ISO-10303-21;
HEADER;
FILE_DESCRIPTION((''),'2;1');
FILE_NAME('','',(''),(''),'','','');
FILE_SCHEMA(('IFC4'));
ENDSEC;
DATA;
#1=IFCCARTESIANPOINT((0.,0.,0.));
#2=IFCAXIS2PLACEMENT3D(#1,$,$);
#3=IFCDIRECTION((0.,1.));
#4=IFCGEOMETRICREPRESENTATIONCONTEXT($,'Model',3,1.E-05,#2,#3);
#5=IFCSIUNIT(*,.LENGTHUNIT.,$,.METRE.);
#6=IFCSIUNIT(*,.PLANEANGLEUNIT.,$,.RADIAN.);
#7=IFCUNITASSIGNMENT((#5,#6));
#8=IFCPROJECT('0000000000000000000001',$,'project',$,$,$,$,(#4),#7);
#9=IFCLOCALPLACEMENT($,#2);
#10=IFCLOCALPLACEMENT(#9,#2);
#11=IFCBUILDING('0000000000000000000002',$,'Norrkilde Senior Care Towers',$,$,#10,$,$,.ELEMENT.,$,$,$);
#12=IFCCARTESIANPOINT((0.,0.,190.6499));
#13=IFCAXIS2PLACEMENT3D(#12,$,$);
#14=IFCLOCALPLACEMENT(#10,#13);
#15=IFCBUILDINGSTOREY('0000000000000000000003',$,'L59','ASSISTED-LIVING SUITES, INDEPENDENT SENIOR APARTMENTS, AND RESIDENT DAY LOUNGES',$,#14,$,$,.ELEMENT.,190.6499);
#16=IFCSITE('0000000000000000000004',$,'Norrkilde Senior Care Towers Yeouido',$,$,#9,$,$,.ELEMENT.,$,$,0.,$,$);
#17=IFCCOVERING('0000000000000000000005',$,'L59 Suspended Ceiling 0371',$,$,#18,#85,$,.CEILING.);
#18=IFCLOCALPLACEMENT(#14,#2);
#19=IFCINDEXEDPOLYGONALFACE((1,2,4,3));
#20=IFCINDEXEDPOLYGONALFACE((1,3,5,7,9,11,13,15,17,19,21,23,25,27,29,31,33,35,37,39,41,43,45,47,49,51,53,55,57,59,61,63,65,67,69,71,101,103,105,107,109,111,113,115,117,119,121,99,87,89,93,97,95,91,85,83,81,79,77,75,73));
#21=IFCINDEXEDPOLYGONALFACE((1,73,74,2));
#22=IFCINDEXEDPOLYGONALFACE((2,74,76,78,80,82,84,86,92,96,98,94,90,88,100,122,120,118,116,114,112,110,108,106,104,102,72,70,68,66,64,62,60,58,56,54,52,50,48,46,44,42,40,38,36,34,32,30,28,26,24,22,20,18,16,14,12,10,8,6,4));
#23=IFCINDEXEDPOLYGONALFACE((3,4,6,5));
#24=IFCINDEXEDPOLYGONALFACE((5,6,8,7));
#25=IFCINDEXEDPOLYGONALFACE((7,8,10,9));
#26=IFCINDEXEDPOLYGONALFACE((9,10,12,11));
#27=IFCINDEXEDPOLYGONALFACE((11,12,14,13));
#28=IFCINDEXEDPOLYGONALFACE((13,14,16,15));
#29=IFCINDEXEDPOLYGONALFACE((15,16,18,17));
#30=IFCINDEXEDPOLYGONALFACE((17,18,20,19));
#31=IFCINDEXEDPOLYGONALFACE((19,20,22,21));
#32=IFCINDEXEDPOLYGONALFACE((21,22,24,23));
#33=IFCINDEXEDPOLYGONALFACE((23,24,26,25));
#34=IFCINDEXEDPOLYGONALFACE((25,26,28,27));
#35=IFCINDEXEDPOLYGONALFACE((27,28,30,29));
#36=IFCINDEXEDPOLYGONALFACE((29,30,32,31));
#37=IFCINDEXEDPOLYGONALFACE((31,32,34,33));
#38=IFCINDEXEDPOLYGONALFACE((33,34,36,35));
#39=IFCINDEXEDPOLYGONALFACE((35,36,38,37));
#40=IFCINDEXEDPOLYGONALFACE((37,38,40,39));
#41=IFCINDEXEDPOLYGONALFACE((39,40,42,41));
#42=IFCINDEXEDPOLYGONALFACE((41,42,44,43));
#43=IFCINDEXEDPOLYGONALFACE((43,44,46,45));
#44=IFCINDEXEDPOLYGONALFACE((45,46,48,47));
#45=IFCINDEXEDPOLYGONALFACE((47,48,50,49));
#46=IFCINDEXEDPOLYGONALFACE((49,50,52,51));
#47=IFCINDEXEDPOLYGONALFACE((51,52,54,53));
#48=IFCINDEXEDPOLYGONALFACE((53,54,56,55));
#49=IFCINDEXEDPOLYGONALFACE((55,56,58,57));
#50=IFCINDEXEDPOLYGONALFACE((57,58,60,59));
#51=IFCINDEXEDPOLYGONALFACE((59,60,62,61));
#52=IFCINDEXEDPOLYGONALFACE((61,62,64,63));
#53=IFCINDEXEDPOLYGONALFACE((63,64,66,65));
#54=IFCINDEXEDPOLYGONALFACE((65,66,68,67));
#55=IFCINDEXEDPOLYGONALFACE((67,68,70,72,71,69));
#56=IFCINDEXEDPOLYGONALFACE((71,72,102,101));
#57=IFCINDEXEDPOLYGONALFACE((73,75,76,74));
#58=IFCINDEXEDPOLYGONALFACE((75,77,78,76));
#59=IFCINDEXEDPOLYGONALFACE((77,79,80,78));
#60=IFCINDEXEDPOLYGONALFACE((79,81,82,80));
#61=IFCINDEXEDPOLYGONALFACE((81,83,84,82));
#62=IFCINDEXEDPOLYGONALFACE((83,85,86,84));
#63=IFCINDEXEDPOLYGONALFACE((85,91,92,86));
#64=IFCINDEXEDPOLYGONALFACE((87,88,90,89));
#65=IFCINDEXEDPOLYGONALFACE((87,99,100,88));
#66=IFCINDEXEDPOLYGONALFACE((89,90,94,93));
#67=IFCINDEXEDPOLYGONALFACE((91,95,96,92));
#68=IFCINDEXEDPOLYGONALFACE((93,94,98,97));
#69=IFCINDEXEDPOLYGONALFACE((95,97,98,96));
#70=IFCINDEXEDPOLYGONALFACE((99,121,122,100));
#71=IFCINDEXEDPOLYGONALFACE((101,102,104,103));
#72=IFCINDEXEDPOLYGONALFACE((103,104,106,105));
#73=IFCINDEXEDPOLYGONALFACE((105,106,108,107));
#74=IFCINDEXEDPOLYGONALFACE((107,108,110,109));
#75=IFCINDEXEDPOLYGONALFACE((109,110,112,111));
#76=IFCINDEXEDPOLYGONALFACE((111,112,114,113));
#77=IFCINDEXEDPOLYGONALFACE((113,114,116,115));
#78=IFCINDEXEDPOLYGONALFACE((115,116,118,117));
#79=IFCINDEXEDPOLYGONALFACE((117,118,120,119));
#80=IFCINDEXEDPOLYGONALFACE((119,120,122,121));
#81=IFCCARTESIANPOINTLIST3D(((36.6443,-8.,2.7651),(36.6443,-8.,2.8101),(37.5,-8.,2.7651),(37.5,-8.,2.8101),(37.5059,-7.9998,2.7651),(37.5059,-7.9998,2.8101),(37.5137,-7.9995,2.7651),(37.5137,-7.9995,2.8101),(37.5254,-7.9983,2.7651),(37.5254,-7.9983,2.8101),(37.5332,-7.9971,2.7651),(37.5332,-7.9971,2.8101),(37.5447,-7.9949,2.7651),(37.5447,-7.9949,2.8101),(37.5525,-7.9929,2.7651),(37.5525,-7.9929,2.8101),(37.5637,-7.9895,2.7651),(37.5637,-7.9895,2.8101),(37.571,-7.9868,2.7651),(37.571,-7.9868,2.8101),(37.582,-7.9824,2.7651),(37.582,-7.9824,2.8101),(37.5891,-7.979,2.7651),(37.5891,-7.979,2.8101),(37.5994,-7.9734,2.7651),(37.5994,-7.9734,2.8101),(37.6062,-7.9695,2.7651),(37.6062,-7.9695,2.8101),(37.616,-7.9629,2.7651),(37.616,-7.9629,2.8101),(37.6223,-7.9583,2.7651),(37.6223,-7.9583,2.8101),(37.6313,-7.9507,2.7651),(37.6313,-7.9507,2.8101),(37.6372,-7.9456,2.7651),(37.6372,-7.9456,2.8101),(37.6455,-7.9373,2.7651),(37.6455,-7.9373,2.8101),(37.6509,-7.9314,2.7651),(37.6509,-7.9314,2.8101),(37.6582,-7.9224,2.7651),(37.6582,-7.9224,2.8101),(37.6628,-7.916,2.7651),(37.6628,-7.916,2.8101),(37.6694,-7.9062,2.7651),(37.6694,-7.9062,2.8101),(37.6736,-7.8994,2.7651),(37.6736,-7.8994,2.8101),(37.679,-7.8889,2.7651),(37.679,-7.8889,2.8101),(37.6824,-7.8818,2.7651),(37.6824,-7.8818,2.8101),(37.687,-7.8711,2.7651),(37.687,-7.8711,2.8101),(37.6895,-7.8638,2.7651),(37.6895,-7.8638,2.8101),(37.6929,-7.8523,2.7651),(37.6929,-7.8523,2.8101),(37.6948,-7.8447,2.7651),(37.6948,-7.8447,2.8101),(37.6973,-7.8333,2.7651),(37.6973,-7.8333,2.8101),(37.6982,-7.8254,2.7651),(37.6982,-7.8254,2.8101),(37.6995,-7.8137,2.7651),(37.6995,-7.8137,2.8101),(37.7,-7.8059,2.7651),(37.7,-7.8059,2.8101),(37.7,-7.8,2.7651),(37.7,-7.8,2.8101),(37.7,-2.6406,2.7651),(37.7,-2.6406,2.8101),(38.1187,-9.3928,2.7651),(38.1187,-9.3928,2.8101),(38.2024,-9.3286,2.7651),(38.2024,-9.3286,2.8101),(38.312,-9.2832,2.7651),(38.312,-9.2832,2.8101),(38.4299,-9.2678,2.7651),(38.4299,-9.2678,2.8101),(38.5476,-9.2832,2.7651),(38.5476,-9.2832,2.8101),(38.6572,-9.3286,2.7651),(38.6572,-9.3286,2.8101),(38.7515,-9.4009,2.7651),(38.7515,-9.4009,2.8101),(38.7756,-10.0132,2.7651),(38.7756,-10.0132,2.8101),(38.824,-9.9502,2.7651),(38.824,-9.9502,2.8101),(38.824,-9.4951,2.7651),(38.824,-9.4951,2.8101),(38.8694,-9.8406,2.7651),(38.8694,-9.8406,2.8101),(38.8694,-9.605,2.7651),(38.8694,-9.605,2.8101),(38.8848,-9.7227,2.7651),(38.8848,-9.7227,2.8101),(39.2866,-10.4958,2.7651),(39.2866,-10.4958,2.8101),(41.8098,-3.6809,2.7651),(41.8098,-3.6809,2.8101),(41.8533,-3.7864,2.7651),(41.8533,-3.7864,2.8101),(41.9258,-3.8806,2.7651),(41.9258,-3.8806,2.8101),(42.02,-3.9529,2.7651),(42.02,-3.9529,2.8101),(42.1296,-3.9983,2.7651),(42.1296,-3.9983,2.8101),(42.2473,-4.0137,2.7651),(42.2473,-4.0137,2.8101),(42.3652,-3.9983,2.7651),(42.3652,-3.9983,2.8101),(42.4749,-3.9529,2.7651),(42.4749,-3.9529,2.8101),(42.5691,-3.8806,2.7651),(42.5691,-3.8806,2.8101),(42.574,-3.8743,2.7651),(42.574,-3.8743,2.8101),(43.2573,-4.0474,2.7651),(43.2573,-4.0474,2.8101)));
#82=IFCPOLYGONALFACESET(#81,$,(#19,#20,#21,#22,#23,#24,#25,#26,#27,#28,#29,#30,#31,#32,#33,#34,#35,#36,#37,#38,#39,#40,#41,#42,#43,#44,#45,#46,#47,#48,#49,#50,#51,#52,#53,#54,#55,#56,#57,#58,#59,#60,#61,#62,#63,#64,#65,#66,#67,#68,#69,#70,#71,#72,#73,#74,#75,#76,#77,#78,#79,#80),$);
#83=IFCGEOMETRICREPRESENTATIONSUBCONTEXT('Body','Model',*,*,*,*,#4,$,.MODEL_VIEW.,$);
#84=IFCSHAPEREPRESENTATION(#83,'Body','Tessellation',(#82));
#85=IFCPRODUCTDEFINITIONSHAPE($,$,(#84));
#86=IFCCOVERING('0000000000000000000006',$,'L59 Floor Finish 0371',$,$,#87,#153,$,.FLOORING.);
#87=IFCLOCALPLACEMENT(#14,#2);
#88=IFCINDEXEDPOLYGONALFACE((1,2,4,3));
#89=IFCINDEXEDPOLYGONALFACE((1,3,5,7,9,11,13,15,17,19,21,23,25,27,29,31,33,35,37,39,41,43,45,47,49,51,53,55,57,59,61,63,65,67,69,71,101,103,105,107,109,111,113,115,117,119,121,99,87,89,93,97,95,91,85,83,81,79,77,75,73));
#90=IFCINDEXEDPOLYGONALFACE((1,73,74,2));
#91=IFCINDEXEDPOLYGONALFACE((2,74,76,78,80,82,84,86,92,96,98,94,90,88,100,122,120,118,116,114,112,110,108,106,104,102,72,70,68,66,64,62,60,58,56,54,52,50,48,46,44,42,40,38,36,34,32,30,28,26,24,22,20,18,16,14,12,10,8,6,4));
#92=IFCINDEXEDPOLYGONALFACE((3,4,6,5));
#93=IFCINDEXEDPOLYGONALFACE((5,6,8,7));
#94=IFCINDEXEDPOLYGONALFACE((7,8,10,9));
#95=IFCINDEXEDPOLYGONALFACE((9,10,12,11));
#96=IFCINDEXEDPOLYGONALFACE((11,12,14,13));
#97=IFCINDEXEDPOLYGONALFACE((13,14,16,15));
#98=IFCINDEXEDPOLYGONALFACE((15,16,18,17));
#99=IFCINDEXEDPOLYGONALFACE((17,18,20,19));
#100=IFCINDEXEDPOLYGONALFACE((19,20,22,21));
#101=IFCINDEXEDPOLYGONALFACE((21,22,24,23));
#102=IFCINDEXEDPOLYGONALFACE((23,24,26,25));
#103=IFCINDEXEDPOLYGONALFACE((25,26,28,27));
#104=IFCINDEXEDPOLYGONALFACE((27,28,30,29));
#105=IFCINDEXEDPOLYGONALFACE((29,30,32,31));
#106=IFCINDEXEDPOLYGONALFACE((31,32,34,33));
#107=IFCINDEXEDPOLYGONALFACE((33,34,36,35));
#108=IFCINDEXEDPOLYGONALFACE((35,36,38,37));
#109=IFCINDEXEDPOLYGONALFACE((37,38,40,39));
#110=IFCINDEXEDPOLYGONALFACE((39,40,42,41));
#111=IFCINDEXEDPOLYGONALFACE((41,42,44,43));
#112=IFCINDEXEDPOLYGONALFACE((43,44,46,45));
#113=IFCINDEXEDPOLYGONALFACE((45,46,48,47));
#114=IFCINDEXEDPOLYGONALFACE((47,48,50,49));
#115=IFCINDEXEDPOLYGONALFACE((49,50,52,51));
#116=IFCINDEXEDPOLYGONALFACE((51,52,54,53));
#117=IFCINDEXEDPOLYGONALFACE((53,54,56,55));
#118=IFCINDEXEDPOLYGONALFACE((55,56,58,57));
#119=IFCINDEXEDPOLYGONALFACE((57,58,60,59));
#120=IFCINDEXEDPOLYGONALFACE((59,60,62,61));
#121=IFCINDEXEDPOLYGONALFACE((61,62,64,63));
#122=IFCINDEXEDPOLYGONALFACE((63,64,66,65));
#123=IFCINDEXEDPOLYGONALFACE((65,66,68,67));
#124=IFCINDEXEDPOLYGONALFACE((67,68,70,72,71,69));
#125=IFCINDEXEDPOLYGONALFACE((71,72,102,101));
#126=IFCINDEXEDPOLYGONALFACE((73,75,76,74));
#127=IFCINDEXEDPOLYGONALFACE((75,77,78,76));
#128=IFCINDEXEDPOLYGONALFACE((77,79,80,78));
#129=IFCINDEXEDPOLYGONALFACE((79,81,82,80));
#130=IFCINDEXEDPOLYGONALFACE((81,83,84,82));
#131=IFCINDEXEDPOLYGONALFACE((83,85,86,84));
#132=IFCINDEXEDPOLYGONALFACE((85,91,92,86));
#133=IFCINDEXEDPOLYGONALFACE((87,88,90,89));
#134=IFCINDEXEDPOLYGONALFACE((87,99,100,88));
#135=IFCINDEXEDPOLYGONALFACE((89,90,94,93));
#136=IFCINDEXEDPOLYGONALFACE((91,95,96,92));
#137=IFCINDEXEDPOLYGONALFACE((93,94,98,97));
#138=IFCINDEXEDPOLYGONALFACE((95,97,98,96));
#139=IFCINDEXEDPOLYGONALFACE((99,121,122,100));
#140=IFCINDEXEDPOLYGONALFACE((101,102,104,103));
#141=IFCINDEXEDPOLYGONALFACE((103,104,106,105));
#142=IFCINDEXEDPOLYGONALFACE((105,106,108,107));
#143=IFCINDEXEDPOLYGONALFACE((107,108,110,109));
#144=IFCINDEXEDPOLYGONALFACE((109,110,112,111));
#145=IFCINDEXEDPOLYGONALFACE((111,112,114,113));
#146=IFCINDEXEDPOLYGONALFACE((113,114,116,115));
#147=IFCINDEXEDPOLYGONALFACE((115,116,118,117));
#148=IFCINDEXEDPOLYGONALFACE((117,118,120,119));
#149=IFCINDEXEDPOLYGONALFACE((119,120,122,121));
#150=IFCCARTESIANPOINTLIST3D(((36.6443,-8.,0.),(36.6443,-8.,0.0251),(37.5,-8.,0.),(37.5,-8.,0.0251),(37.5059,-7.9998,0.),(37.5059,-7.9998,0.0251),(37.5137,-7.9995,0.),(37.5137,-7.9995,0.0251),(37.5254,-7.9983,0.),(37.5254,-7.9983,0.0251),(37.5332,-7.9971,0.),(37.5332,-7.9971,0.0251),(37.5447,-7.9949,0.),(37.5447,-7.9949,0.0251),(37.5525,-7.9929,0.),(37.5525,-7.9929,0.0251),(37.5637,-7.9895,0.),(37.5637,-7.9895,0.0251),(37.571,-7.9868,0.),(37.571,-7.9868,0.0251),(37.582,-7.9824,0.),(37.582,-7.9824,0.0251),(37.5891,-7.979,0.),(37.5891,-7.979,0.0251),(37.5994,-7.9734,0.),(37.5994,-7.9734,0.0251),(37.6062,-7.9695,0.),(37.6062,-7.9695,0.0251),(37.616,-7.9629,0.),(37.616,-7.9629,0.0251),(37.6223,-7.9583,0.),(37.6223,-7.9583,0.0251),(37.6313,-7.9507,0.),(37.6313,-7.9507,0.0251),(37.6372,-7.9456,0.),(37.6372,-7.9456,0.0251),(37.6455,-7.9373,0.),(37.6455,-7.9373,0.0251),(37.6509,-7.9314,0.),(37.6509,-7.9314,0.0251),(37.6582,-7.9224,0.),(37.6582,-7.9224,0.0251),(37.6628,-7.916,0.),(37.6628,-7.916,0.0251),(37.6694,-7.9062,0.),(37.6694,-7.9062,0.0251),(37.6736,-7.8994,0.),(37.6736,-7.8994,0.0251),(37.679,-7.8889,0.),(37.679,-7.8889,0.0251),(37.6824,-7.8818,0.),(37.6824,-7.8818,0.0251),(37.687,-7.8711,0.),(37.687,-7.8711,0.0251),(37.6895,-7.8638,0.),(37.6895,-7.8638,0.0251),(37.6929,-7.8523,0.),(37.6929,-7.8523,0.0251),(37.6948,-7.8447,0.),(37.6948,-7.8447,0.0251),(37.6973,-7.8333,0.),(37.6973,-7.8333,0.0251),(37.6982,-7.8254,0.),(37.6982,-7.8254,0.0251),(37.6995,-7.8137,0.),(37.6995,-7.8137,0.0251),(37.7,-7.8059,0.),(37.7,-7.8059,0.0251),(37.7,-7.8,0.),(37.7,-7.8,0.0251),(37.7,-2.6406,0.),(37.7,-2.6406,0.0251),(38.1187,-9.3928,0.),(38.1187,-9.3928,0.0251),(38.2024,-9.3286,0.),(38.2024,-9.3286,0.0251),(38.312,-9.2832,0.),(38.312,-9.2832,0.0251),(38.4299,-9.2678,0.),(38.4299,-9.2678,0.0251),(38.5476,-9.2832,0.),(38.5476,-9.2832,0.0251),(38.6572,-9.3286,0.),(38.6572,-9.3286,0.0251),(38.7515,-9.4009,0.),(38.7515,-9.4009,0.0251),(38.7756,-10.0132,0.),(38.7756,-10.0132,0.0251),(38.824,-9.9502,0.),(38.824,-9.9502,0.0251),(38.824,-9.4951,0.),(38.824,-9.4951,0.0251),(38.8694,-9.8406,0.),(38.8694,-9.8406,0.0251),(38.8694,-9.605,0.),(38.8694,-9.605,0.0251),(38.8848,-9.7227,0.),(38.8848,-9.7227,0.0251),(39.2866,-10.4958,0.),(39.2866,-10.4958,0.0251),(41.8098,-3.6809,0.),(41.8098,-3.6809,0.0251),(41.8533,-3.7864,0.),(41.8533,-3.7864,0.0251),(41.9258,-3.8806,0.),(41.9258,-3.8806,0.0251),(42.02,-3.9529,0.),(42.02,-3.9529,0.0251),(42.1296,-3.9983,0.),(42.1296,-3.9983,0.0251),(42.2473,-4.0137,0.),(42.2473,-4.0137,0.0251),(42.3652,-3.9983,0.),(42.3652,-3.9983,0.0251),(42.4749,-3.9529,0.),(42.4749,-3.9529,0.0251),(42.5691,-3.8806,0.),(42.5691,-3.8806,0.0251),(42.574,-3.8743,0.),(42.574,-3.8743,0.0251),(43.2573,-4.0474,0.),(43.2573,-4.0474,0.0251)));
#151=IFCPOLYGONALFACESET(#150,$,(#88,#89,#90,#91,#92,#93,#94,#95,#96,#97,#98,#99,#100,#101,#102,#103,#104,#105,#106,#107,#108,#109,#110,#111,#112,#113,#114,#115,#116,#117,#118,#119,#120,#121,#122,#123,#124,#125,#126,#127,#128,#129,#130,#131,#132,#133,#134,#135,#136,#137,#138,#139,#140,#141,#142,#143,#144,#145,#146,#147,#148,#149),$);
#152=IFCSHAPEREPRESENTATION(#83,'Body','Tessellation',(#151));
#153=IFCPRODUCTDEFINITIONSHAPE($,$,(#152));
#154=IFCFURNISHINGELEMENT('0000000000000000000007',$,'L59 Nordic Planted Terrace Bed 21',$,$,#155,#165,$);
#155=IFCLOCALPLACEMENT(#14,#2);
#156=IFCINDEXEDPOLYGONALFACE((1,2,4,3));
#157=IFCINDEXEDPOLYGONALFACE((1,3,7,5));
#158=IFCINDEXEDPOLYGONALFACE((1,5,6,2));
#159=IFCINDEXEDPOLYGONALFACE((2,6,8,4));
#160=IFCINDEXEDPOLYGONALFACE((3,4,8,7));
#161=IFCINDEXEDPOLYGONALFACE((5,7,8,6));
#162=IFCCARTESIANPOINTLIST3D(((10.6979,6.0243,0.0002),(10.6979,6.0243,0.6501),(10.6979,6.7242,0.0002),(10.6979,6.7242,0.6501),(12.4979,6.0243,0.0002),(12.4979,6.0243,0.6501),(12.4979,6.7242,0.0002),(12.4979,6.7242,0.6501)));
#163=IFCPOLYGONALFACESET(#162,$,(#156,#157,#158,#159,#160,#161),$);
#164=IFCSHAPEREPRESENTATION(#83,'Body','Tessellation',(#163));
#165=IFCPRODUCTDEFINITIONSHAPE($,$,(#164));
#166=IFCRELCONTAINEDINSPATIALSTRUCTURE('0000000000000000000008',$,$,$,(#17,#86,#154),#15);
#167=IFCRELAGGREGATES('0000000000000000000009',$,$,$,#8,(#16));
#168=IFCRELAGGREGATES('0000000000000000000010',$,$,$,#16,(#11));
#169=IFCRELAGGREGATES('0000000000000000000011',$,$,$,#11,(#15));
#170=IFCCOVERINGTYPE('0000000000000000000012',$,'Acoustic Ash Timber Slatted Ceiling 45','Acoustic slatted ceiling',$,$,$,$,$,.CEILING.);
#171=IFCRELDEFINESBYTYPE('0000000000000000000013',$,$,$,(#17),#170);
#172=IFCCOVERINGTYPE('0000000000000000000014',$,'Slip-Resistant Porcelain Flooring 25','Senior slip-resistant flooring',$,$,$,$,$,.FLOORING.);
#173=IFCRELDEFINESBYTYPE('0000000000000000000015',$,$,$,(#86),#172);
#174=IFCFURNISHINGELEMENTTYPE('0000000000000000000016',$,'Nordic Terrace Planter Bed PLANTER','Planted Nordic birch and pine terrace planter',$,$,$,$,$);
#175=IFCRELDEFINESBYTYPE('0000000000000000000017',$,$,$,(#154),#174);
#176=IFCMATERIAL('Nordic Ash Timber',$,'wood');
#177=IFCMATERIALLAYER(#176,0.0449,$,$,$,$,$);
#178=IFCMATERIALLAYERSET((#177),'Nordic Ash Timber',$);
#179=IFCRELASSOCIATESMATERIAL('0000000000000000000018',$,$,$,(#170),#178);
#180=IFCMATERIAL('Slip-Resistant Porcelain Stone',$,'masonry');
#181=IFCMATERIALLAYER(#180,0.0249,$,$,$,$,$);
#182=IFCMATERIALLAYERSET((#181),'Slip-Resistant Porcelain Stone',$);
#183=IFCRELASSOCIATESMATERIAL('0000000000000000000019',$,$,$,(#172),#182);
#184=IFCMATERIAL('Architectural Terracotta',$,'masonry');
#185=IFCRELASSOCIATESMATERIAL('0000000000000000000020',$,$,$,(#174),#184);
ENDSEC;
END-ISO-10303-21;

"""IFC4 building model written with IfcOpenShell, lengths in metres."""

from ifc_helpers import new_model, si_unit, direction, frame, origin, origin_2d, place, context, subcontext, project, spatial, polyline, rectangle, outline, extrude, source, transform, mapped, material, layer, layer_set, type_object, type_shapes, element, save


model = new_model("IFC4")

# Units and contexts
model_context = context("Model", 3, precision=1e-05, world=origin(), true_north=direction((0.0, 1.0)))
body_context = subcontext(model_context, "Body", "Model", "MODEL_VIEW")
ifc_project = project(units=[si_unit("LENGTHUNIT", "METRE"), si_unit("PLANEANGLEUNIT", "RADIAN")], contexts=[model_context])

# Site, building, storey
site_placement = place(None, origin())
site = spatial("IfcSite", under=ifc_project, at=site_placement, Name="Norrkilde Senior Care Towers Yeouido", CompositionType="ELEMENT", RefElevation=0.0)
building_placement = place(site_placement, origin())
building = spatial("IfcBuilding", under=site, at=building_placement, Name="Norrkilde Senior Care Towers", CompositionType="ELEMENT")
storey_placement = place(building_placement, frame((0.0, 0.0, 190.6499)))
storey = spatial("IfcBuildingStorey", under=building, at=storey_placement, Name="L59", Description="ASSISTED-LIVING SUITES, INDEPENDENT SENIOR APARTMENTS, AND RESIDENT DAY LOUNGES", CompositionType="ELEMENT", Elevation=190.6499)

# Shared definitions
ifc_material_1 = material(Name="Nordic Ash Timber", Category="wood")

# Coverings
ifc_layer_1 = layer(ifc_material_1, 0.0449)
ifc_layer_set_1 = layer_set([ifc_layer_1], Name="Nordic Ash Timber")
covering_type_1 = type_object("IfcCoveringType", Name="Acoustic Ash Timber Slatted Ceiling 45", Description="Acoustic slatted ceiling", PredefinedType="CEILING", material=ifc_layer_set_1)
covering_1_placement = place(storey_placement, frame((0.0, 0.0, 2.7651)))
element("IfcCovering", 1, at=covering_1_placement, inside=storey, type_object=covering_type_1, Name="L59 Suspended Ceiling 0371", PredefinedType="CEILING", context=body_context, shape_type="SweptSolid", body=[
    extrude(outline(polyline([(37.5525, -7.9929), (37.5637, -7.9895), (37.571, -7.9868), (37.582, -7.9824), (37.5891, -7.979), (37.5994, -7.9734), (37.6062, -7.9695), (37.616, -7.9629), (37.6223, -7.9583), (37.6313, -7.9507), (37.6372, -7.9456), (37.6455, -7.9373), (37.6509, -7.9314), (37.6582, -7.9224), (37.6628, -7.916), (37.6694, -7.9062), (37.6736, -7.8994), (37.679, -7.8889), (37.6824, -7.8818), (37.687, -7.8711), (37.6895, -7.8638), (37.6929, -7.8523), (37.6948, -7.8447), (37.6973, -7.8333), (37.6982, -7.8254), (37.6995, -7.8137), (37.7, -7.8059), (37.7, -7.8), (37.7, -2.6406), (41.8098, -3.6809), (41.8533, -3.7864), (41.9258, -3.8806), (42.02, -3.9529), (42.1296, -3.9983), (42.2473, -4.0137), (42.3652, -3.9983), (42.4749, -3.9529), (42.5691, -3.8806), (42.574, -3.8743), (43.2573, -4.0474), (39.2866, -10.4958), (38.7756, -10.0132), (38.824, -9.9502), (38.8694, -9.8406), (38.8848, -9.7227), (38.8694, -9.605), (38.824, -9.4951), (38.7515, -9.4009), (38.6572, -9.3286), (38.5476, -9.2832), (38.4299, -9.2678), (38.312, -9.2832), (38.2024, -9.3286), (38.1187, -9.3928), (36.6443, -8.0), (37.5, -8.0), (37.5059, -7.9998), (37.5137, -7.9995), (37.5254, -7.9983), (37.5332, -7.9971), (37.5447, -7.9949), (37.5525, -7.9929)])), origin(), (0.0, 0.0, 1.0), 0.0449),
])
ifc_material_2 = material(Name="Slip-Resistant Porcelain Stone", Category="masonry")
ifc_layer_2 = layer(ifc_material_2, 0.0249)
ifc_layer_set_2 = layer_set([ifc_layer_2], Name="Slip-Resistant Porcelain Stone")
covering_type_2 = type_object("IfcCoveringType", Name="Slip-Resistant Porcelain Flooring 25", Description="Senior slip-resistant flooring", PredefinedType="FLOORING", material=ifc_layer_set_2)
covering_2_placement = place(storey_placement, origin())
element("IfcCovering", 2, at=covering_2_placement, inside=storey, type_object=covering_type_2, Name="L59 Floor Finish 0371", PredefinedType="FLOORING", context=body_context, shape_type="SweptSolid", body=[
    extrude(outline(polyline([(37.5525, -7.9929), (37.5637, -7.9895), (37.571, -7.9868), (37.582, -7.9824), (37.5891, -7.979), (37.5994, -7.9734), (37.6062, -7.9695), (37.616, -7.9629), (37.6223, -7.9583), (37.6313, -7.9507), (37.6372, -7.9456), (37.6455, -7.9373), (37.6509, -7.9314), (37.6582, -7.9224), (37.6628, -7.916), (37.6694, -7.9062), (37.6736, -7.8994), (37.679, -7.8889), (37.6824, -7.8818), (37.687, -7.8711), (37.6895, -7.8638), (37.6929, -7.8523), (37.6948, -7.8447), (37.6973, -7.8333), (37.6982, -7.8254), (37.6995, -7.8137), (37.7, -7.8059), (37.7, -7.8), (37.7, -2.6406), (41.8098, -3.6809), (41.8533, -3.7864), (41.9258, -3.8806), (42.02, -3.9529), (42.1296, -3.9983), (42.2473, -4.0137), (42.3652, -3.9983), (42.4749, -3.9529), (42.5691, -3.8806), (42.574, -3.8743), (43.2573, -4.0474), (39.2866, -10.4958), (38.7756, -10.0132), (38.824, -9.9502), (38.8694, -9.8406), (38.8848, -9.7227), (38.8694, -9.605), (38.824, -9.4951), (38.7515, -9.4009), (38.6572, -9.3286), (38.5476, -9.2832), (38.4299, -9.2678), (38.312, -9.2832), (38.2024, -9.3286), (38.1187, -9.3928), (36.6443, -8.0), (37.5, -8.0), (37.5059, -7.9998), (37.5137, -7.9995), (37.5254, -7.9983), (37.5332, -7.9971), (37.5447, -7.9949), (37.5525, -7.9929)])), origin(), (0.0, 0.0, 1.0), 0.0251),
])

# Furnishing element
ifc_material_3 = material(Name="Architectural Terracotta", Category="masonry")
furnishing_element_type = type_object("IfcFurnishingElementType", Name="Nordic Terrace Planter Bed PLANTER", Description="Planted Nordic birch and pine terrace planter", material=ifc_material_3)
shared_shape_1 = source(origin(), body_context, "Body", "SweptSolid", [
    extrude(rectangle(XDim=1.8, YDim=0.7, at=origin_2d()), origin(), (0.0, 0.0, 1.0), 0.6499),
])
type_shapes(furnishing_element_type, [shared_shape_1])
furnishing_placement = place(storey_placement, frame((11.5979, 6.3743, 0.0002), z_axis=(0.0, 0.0, 1.0), x_axis=(1.0, 0.0, 0.0)))
element("IfcFurnishingElement", 3, at=furnishing_placement, inside=storey, type_object=furnishing_element_type, Name="L59 Nordic Planted Terrace Bed 21", context=body_context, shape_type="MappedRepresentation", body=[
    mapped(shared_shape_1, transform((0.0, 0.0, 0.0), x_axis=(1.0, 0.0, 0.0), y_axis=(0.0, 1.0, 0.0), z_axis=(0.0, 0.0, 1.0), scale=1.0)),
])

save(model, "model.ifc")
